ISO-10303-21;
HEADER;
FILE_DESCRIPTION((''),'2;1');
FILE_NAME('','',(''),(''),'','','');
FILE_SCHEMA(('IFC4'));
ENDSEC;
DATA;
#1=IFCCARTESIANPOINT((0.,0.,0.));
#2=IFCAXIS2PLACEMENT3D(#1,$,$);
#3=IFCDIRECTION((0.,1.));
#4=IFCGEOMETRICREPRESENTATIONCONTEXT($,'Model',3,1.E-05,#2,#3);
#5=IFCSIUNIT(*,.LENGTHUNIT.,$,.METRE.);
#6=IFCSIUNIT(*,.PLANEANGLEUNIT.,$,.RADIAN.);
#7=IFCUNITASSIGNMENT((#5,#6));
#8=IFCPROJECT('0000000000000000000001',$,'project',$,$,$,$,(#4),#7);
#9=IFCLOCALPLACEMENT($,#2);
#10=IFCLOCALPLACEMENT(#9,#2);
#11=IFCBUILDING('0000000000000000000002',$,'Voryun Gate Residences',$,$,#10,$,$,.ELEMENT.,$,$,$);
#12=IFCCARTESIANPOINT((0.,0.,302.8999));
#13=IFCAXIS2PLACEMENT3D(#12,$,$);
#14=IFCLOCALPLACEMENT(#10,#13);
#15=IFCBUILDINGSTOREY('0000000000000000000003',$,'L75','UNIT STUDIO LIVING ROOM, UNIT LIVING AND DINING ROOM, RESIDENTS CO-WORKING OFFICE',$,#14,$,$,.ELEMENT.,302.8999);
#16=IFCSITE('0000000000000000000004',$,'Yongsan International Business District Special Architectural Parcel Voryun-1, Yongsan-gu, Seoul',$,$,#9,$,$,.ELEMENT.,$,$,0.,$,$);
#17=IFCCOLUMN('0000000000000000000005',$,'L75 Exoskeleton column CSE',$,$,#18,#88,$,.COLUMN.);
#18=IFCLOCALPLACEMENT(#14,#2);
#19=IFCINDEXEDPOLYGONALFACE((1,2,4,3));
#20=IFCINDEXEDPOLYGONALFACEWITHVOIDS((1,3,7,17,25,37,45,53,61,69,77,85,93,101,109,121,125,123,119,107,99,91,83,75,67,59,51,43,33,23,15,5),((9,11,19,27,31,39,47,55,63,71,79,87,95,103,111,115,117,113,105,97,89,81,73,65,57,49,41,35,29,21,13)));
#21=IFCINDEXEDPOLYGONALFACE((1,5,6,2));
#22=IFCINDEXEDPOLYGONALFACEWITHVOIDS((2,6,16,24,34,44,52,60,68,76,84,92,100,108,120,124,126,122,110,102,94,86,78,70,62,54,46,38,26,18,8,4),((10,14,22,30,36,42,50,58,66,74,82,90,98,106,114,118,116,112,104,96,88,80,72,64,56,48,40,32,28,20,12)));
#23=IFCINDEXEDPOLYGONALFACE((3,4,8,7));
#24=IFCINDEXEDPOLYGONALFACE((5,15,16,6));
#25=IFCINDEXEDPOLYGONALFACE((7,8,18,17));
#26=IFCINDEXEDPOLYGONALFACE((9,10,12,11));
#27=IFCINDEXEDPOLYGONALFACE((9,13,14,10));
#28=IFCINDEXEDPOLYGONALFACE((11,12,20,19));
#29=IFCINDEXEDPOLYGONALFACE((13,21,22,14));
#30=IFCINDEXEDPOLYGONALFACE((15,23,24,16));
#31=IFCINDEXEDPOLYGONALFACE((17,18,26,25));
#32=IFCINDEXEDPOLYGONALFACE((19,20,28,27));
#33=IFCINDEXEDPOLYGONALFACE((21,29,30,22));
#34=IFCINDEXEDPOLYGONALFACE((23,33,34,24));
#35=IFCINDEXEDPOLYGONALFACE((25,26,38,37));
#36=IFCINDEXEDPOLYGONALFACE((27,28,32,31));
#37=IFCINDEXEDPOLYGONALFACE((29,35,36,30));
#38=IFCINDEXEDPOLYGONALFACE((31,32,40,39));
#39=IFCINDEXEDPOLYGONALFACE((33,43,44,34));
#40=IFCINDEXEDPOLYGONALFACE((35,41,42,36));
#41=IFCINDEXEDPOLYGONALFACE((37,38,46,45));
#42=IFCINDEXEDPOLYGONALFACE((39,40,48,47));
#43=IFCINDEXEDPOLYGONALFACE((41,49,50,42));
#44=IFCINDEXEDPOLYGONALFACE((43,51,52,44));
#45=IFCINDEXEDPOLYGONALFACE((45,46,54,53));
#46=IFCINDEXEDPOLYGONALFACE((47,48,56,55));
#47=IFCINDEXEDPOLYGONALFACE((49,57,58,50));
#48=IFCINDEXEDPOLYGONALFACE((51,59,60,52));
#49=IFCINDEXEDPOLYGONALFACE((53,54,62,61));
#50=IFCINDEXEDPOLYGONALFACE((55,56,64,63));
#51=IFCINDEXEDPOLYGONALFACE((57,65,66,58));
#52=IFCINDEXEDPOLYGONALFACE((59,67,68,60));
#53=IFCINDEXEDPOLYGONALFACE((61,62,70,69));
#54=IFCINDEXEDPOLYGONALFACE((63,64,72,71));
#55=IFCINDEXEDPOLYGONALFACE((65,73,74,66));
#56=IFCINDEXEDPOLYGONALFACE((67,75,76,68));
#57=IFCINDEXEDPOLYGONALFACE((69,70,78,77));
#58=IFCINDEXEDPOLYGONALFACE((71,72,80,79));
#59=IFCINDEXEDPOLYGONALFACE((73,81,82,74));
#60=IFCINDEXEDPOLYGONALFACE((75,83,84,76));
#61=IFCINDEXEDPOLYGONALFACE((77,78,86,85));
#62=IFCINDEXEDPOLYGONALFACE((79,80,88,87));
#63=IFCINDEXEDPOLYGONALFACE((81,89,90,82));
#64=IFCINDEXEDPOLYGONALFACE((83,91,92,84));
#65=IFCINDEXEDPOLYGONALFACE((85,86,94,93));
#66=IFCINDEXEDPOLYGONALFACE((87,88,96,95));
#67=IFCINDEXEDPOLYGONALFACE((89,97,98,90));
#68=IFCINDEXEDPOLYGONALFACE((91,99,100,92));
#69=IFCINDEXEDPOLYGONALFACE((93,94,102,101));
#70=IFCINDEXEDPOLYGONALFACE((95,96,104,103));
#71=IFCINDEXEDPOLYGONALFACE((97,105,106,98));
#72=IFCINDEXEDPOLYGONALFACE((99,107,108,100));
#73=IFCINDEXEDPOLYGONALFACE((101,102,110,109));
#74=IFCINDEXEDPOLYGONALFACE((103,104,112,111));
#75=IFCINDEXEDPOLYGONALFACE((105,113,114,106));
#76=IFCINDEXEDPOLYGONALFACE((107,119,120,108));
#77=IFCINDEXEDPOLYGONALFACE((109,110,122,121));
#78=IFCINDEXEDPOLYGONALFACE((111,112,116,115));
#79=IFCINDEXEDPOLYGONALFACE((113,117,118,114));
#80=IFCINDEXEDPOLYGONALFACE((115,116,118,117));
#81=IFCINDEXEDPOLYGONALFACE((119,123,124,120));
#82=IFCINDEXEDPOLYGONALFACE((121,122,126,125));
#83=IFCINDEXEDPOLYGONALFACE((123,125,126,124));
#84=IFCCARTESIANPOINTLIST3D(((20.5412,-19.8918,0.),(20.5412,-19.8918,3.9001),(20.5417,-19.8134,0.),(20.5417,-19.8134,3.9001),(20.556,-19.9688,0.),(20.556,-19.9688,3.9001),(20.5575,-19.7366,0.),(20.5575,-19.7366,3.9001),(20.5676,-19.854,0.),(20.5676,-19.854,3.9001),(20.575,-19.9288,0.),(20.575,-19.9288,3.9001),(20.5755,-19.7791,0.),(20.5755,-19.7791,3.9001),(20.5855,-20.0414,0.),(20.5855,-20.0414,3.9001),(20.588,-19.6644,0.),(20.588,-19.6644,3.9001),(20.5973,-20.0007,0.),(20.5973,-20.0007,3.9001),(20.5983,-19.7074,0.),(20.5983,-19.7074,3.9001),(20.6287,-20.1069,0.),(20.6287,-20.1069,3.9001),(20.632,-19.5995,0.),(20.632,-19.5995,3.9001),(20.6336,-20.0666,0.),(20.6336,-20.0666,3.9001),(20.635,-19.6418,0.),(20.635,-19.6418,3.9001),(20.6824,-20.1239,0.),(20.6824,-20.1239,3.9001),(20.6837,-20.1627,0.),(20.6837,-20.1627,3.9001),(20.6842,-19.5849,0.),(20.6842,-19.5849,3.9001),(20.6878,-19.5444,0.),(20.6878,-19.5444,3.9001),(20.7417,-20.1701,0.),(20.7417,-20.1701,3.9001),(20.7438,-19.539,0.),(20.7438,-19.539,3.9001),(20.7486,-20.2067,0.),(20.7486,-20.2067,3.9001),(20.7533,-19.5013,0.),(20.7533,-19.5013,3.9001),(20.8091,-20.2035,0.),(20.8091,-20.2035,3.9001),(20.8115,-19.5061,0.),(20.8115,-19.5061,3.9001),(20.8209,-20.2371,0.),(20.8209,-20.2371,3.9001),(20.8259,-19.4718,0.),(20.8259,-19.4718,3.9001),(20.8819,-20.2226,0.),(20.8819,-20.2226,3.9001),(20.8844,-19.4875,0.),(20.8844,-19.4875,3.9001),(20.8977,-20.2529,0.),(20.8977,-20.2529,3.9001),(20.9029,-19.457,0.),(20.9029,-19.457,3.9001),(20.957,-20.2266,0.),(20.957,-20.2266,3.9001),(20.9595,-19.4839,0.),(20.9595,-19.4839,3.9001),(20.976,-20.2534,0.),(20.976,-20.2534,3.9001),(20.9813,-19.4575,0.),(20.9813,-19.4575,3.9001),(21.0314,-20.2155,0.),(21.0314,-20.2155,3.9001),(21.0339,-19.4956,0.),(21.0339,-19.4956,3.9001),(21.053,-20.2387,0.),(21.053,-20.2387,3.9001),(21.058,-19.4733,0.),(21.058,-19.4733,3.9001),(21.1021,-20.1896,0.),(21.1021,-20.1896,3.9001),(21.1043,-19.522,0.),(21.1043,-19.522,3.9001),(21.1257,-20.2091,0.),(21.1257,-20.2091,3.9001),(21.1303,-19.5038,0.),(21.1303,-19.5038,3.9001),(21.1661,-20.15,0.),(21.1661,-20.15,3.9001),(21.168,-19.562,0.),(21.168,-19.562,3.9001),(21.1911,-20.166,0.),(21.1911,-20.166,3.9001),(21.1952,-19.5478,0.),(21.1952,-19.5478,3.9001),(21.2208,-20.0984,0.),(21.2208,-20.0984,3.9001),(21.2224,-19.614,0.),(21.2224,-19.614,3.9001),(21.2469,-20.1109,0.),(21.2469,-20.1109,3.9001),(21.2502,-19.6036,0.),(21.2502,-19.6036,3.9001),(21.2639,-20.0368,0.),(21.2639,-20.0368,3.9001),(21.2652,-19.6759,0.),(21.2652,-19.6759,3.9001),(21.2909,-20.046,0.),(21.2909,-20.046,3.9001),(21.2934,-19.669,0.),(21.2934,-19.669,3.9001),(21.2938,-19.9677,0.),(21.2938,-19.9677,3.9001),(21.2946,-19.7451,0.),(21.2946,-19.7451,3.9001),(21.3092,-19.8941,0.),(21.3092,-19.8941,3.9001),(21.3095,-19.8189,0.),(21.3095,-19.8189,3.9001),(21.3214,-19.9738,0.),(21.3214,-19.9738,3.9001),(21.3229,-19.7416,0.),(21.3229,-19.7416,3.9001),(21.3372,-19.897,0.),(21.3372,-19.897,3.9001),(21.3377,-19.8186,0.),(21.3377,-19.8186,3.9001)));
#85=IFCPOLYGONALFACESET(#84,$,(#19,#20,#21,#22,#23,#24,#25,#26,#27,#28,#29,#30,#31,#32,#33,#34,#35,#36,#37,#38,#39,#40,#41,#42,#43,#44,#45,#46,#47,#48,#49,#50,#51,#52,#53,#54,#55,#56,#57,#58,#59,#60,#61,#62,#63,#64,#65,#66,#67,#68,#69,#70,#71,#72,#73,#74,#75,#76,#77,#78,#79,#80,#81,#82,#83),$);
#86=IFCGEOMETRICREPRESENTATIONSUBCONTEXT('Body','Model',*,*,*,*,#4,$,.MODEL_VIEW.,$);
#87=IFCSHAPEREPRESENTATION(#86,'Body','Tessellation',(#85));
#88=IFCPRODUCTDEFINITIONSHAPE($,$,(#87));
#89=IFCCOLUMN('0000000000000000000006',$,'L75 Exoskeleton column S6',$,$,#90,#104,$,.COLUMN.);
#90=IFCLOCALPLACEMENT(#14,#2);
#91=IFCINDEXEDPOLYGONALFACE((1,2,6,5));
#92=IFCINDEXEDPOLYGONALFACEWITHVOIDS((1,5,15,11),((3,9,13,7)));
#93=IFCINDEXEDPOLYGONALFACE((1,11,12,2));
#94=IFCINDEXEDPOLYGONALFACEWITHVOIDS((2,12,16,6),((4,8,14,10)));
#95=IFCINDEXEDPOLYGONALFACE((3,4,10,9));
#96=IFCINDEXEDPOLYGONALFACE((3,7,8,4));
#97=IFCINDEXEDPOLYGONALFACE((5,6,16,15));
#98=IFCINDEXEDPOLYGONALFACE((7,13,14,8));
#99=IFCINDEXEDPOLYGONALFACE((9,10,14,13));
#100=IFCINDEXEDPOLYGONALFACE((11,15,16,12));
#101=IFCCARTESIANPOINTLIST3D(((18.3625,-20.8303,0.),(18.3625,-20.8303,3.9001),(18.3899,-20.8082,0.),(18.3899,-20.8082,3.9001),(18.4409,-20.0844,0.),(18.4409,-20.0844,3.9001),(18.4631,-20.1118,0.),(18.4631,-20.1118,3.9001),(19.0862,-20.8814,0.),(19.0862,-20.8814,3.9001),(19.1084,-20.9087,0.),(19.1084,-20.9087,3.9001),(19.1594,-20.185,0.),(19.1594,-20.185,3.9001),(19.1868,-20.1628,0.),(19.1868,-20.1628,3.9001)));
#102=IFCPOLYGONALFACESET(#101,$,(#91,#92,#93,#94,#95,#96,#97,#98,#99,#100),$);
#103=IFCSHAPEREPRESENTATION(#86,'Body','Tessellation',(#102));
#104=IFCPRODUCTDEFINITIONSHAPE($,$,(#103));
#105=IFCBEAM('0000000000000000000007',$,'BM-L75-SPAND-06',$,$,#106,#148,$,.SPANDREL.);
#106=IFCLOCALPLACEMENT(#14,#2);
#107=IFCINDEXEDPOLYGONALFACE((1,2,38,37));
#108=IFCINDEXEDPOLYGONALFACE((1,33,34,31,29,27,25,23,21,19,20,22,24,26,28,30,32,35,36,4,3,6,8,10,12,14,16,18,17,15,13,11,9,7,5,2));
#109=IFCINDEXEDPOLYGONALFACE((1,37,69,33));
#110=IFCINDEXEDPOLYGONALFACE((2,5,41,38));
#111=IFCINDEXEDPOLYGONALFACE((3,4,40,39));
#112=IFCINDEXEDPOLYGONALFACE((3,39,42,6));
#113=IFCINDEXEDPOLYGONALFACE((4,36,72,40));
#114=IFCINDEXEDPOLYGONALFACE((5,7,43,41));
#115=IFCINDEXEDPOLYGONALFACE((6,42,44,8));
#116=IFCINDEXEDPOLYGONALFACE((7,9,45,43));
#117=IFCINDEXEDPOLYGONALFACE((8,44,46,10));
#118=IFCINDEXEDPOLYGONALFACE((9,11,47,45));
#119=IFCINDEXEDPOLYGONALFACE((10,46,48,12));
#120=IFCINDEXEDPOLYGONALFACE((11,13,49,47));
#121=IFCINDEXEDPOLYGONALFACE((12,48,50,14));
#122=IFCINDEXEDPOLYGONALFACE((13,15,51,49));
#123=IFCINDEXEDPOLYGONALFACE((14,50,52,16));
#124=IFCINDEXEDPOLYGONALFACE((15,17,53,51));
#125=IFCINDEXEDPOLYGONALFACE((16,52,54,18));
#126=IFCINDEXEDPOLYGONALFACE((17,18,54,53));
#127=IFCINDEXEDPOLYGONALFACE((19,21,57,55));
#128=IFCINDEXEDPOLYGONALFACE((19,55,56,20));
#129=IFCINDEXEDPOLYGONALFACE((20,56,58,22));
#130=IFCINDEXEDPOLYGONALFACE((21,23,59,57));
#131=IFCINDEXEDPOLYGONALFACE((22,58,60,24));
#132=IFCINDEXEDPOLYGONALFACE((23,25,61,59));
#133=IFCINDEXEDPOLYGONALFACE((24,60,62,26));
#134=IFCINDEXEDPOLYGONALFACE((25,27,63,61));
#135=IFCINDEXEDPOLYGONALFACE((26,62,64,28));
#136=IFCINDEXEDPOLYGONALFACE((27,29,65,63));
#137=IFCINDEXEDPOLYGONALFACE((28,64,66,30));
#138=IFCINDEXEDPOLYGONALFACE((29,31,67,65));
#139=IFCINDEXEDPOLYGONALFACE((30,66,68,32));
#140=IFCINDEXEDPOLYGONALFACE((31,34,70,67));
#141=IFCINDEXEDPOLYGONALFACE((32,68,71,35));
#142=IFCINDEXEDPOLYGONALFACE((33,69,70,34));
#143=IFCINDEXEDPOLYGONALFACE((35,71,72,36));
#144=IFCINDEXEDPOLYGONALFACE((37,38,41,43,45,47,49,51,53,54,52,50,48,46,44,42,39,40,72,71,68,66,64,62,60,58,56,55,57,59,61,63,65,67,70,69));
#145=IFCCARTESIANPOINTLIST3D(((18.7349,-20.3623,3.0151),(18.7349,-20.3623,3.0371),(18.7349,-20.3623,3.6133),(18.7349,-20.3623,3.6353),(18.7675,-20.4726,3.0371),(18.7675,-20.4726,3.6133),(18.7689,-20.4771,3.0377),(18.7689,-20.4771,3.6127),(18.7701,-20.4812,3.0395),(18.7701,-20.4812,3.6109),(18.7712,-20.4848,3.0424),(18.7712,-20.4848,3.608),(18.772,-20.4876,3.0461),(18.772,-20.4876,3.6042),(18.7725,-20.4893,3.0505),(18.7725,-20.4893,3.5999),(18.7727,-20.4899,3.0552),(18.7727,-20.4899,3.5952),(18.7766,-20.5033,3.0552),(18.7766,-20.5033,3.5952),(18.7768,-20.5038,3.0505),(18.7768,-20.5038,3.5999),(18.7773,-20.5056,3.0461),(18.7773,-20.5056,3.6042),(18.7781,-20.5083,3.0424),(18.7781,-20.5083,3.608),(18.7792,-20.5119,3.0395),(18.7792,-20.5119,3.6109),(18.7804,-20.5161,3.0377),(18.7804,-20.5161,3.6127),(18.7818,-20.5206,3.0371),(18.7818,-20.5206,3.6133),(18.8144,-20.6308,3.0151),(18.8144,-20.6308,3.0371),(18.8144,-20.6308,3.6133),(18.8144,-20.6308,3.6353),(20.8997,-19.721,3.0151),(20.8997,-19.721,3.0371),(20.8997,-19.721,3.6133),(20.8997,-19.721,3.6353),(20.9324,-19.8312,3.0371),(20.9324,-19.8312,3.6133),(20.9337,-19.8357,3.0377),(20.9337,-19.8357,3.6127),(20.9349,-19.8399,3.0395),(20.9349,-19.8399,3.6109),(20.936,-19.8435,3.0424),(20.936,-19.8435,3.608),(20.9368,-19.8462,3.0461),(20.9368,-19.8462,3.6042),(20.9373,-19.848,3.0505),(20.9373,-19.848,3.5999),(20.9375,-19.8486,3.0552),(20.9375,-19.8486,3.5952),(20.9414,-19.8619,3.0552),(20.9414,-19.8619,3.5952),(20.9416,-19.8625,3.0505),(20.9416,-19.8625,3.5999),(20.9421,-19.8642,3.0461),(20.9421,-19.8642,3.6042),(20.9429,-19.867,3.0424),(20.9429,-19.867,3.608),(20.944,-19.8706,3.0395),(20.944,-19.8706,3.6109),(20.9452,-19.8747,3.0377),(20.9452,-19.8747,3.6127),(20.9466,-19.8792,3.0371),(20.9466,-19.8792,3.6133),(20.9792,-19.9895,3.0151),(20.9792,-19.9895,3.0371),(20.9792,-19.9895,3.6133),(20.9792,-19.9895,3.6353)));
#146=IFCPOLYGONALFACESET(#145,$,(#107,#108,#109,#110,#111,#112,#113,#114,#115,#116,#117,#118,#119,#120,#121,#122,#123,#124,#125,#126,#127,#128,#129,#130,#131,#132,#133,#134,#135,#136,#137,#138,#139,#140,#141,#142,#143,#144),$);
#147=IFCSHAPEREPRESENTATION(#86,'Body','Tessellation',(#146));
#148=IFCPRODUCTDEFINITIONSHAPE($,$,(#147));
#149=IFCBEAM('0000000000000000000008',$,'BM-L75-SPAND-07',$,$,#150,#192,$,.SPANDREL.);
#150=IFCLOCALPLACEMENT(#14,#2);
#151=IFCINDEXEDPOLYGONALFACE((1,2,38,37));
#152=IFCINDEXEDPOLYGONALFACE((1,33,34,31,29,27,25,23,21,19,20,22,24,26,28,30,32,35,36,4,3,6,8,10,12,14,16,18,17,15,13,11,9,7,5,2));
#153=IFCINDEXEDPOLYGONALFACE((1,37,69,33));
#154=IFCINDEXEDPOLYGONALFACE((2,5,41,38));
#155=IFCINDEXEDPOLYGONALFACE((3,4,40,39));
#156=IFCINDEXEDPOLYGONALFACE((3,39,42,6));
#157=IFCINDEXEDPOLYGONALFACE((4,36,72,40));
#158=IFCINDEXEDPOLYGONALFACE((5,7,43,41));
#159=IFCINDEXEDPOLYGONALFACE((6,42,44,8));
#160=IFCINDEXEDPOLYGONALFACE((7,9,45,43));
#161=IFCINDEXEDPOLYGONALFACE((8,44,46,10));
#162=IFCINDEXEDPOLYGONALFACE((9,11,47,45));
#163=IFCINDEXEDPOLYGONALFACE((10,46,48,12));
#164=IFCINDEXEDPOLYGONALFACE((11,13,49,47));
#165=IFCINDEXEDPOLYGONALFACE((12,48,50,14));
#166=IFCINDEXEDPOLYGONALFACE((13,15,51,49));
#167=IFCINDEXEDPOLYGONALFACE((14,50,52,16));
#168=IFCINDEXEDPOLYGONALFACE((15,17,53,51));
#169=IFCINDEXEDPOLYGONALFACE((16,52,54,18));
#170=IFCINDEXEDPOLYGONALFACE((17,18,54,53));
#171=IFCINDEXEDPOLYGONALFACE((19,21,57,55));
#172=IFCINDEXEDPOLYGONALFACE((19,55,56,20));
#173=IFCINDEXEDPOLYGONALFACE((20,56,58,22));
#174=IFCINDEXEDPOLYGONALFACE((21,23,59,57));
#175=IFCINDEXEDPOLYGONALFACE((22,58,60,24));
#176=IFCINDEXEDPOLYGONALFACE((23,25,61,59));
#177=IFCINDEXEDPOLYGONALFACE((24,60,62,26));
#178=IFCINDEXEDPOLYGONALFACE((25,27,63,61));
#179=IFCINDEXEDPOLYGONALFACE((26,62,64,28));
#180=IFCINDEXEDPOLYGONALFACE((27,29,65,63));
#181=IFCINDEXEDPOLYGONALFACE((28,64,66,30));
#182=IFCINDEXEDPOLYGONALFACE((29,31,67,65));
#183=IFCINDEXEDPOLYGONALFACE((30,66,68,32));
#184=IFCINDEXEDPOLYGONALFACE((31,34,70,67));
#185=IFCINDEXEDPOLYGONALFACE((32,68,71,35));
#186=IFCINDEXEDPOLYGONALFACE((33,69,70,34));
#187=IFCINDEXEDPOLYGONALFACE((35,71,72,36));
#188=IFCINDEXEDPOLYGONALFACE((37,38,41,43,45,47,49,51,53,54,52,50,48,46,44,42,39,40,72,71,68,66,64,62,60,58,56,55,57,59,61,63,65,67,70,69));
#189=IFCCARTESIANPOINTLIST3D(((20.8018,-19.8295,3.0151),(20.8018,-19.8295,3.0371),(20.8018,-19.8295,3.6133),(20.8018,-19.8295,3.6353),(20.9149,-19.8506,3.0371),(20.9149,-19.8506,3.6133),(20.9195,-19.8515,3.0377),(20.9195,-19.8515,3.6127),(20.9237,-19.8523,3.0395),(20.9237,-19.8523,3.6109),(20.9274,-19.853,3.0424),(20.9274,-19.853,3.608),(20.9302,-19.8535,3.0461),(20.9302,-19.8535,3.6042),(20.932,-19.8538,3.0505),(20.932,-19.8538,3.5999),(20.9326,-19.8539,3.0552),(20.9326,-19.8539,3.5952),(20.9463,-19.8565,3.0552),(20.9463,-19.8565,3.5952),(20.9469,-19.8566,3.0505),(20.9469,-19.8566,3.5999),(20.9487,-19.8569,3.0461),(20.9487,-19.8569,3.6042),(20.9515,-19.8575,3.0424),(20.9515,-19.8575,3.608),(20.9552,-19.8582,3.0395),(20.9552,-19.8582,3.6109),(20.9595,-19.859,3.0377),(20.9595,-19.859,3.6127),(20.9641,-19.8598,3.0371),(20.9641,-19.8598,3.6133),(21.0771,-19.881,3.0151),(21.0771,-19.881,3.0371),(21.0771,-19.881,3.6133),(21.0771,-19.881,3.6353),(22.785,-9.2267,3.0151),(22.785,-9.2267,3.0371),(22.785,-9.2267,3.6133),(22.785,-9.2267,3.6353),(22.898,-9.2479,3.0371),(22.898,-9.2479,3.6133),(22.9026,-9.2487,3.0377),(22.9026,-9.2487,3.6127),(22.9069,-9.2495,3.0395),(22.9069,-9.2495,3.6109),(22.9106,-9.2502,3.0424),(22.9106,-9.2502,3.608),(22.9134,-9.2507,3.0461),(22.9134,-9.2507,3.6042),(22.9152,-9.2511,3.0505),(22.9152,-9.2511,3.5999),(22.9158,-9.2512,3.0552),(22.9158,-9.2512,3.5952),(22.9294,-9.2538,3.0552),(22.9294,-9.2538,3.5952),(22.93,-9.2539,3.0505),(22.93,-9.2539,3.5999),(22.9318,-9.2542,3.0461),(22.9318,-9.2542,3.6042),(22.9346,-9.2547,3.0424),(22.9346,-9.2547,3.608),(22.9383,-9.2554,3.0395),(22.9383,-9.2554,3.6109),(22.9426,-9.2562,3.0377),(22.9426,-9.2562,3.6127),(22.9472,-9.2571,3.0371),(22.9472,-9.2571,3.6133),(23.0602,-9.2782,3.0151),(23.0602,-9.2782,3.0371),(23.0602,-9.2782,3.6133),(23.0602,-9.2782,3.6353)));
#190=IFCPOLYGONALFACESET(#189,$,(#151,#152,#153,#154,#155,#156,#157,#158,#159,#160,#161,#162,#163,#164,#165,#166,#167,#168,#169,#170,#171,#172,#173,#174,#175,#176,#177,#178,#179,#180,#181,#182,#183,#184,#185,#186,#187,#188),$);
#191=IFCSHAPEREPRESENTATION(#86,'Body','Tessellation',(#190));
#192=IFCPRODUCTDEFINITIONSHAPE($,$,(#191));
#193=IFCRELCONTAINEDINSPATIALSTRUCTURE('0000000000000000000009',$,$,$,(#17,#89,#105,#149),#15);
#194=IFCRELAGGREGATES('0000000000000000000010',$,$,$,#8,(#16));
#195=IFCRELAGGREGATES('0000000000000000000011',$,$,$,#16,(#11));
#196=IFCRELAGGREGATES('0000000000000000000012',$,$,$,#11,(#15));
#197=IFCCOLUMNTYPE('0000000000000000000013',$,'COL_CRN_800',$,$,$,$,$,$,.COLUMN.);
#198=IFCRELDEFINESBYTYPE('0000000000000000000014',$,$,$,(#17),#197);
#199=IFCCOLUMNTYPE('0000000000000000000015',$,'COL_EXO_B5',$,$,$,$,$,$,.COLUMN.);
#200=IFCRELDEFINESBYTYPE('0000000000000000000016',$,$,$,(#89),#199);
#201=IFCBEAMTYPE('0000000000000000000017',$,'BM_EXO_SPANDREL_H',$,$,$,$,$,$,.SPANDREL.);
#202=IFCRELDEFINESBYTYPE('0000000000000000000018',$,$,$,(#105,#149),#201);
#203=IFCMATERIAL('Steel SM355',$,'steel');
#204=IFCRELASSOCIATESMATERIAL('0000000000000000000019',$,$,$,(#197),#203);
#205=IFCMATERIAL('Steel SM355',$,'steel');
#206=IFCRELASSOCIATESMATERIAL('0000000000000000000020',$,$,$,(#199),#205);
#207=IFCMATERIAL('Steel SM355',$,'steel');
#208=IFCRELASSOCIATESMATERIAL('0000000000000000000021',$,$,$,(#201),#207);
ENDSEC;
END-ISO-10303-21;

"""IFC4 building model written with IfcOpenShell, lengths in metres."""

from ifc_helpers import new_model, si_unit, direction, frame, origin, origin_2d, place, context, subcontext, project, spatial, hollow_rectangle, hollow_circle, i_section, extrude, material, material_profile, profile_set, type_object, element, save


model = new_model("IFC4")

# Units and contexts
model_context = context("Model", 3, precision=1e-05, world=origin(), true_north=direction((0.0, 1.0)))
body_context = subcontext(model_context, "Body", "Model", "MODEL_VIEW")
ifc_project = project(units=[si_unit("LENGTHUNIT", "METRE"), si_unit("PLANEANGLEUNIT", "RADIAN")], contexts=[model_context])

# Site, building, storey
site_placement = place(None, origin())
site = spatial("IfcSite", under=ifc_project, at=site_placement, Name="Yongsan International Business District Special Architectural Parcel Voryun-1, Yongsan-gu, Seoul", CompositionType="ELEMENT", RefElevation=0.0)
building_placement = place(site_placement, origin())
building = spatial("IfcBuilding", under=site, at=building_placement, Name="Voryun Gate Residences", CompositionType="ELEMENT")
storey_placement = place(building_placement, frame((0.0, 0.0, 302.8999)))
storey = spatial("IfcBuildingStorey", under=building, at=storey_placement, Name="L75", Description="UNIT STUDIO LIVING ROOM, UNIT LIVING AND DINING ROOM, RESIDENTS CO-WORKING OFFICE", CompositionType="ELEMENT", Elevation=302.8999)

# Columns
ifc_material_1 = material(Name="Steel SM355", Category="steel")
ifc_material_profile_1 = material_profile(ifc_material_1, hollow_circle(Radius=0.3999, WallThickness=0.0281, at=origin_2d()), Name="CHS-800x28")
ifc_profile_set_1 = profile_set([ifc_material_profile_1], Name="Steel SM355")
column_type_1 = type_object("IfcColumnType", Name="COL_CRN_800", PredefinedType="COLUMN", material=ifc_profile_set_1)
column_1_placement = place(storey_placement, frame((20.9395, -19.8552, 0.0), z_axis=(0.0, 0.0, 1.0), x_axis=(0.994522, -0.104528, 0.0)))
element("IfcColumn", 1, at=column_1_placement, inside=storey, type_object=column_type_1, Name="L75 Exoskeleton column CSE", PredefinedType="COLUMN", context=body_context, shape_type="SweptSolid", body=[
    extrude(hollow_circle(Radius=0.3999, WallThickness=0.0281, at=origin_2d()), origin(), (0.0, 0.0, 1.0), 3.9001),
])
ifc_material_2 = material(Name="Steel SM355", Category="steel")
ifc_material_profile_2 = material_profile(ifc_material_2, hollow_rectangle(XDim=0.75, YDim=0.75, WallThickness=0.0249, at=origin_2d()), Name="BOX-750x750x25")
ifc_profile_set_2 = profile_set([ifc_material_profile_2], Name="Steel SM355")
column_type_2 = type_object("IfcColumnType", Name="COL_EXO_B5", PredefinedType="COLUMN", material=ifc_profile_set_2)
column_2_placement = place(storey_placement, frame((18.7747, -20.4966, 0.0), z_axis=(0.0, 0.0, 1.0), x_axis=(0.994522, -0.104528, 0.0)))
element("IfcColumn", 2, at=column_2_placement, inside=storey, type_object=column_type_2, Name="L75 Exoskeleton column S6", PredefinedType="COLUMN", context=body_context, shape_type="SweptSolid", body=[
    extrude(hollow_rectangle(XDim=0.75, YDim=0.75, WallThickness=0.0249, at=origin_2d()), origin(), (0.0, 0.0, 1.0), 3.9001),
])

# Beams
ifc_material_3 = material(Name="Steel SM355", Category="steel")
ifc_material_profile_3 = material_profile(ifc_material_3, i_section(OverallWidth=0.28, OverallDepth=0.6201, WebThickness=0.0139, FlangeThickness=0.022, FilletRadius=0.0181, at=origin_2d()), Name="H-620x280x14x22")
ifc_profile_set_3 = profile_set([ifc_material_profile_3], Name="Steel SM355")
beam_type = type_object("IfcBeamType", Name="BM_EXO_SPANDREL_H", PredefinedType="SPANDREL", material=ifc_profile_set_3)
beam_1_placement = place(storey_placement, frame((18.7747, -20.4966, 3.3252), z_axis=(0.958806, 0.284063, 0.0), x_axis=(-0.284063, 0.958806, 0.0)))
element("IfcBeam", 3, at=beam_1_placement, inside=storey, type_object=beam_type, Name="BM-L75-SPAND-06", PredefinedType="SPANDREL", context=body_context, shape_type="SweptSolid", body=[
    extrude(i_section(OverallWidth=0.28, OverallDepth=0.6201, WebThickness=0.0139, FlangeThickness=0.022, FilletRadius=0.0181, at=origin_2d()), origin(), (0.0, 0.0, 1.0), 2.2578),
])
beam_2_placement = place(storey_placement, frame((20.9395, -19.8552, 3.3252), z_axis=(0.183853, 0.982954, 0.0), x_axis=(-0.982954, 0.183853, 0.0)))
element("IfcBeam", 4, at=beam_2_placement, inside=storey, type_object=beam_type, Name="BM-L75-SPAND-07", PredefinedType="SPANDREL", context=body_context, shape_type="SweptSolid", body=[
    extrude(i_section(OverallWidth=0.28, OverallDepth=0.6201, WebThickness=0.0139, FlangeThickness=0.022, FilletRadius=0.0181, at=origin_2d()), origin(), (0.0, 0.0, 1.0), 10.7866),
])

save(model, "model.ifc")
